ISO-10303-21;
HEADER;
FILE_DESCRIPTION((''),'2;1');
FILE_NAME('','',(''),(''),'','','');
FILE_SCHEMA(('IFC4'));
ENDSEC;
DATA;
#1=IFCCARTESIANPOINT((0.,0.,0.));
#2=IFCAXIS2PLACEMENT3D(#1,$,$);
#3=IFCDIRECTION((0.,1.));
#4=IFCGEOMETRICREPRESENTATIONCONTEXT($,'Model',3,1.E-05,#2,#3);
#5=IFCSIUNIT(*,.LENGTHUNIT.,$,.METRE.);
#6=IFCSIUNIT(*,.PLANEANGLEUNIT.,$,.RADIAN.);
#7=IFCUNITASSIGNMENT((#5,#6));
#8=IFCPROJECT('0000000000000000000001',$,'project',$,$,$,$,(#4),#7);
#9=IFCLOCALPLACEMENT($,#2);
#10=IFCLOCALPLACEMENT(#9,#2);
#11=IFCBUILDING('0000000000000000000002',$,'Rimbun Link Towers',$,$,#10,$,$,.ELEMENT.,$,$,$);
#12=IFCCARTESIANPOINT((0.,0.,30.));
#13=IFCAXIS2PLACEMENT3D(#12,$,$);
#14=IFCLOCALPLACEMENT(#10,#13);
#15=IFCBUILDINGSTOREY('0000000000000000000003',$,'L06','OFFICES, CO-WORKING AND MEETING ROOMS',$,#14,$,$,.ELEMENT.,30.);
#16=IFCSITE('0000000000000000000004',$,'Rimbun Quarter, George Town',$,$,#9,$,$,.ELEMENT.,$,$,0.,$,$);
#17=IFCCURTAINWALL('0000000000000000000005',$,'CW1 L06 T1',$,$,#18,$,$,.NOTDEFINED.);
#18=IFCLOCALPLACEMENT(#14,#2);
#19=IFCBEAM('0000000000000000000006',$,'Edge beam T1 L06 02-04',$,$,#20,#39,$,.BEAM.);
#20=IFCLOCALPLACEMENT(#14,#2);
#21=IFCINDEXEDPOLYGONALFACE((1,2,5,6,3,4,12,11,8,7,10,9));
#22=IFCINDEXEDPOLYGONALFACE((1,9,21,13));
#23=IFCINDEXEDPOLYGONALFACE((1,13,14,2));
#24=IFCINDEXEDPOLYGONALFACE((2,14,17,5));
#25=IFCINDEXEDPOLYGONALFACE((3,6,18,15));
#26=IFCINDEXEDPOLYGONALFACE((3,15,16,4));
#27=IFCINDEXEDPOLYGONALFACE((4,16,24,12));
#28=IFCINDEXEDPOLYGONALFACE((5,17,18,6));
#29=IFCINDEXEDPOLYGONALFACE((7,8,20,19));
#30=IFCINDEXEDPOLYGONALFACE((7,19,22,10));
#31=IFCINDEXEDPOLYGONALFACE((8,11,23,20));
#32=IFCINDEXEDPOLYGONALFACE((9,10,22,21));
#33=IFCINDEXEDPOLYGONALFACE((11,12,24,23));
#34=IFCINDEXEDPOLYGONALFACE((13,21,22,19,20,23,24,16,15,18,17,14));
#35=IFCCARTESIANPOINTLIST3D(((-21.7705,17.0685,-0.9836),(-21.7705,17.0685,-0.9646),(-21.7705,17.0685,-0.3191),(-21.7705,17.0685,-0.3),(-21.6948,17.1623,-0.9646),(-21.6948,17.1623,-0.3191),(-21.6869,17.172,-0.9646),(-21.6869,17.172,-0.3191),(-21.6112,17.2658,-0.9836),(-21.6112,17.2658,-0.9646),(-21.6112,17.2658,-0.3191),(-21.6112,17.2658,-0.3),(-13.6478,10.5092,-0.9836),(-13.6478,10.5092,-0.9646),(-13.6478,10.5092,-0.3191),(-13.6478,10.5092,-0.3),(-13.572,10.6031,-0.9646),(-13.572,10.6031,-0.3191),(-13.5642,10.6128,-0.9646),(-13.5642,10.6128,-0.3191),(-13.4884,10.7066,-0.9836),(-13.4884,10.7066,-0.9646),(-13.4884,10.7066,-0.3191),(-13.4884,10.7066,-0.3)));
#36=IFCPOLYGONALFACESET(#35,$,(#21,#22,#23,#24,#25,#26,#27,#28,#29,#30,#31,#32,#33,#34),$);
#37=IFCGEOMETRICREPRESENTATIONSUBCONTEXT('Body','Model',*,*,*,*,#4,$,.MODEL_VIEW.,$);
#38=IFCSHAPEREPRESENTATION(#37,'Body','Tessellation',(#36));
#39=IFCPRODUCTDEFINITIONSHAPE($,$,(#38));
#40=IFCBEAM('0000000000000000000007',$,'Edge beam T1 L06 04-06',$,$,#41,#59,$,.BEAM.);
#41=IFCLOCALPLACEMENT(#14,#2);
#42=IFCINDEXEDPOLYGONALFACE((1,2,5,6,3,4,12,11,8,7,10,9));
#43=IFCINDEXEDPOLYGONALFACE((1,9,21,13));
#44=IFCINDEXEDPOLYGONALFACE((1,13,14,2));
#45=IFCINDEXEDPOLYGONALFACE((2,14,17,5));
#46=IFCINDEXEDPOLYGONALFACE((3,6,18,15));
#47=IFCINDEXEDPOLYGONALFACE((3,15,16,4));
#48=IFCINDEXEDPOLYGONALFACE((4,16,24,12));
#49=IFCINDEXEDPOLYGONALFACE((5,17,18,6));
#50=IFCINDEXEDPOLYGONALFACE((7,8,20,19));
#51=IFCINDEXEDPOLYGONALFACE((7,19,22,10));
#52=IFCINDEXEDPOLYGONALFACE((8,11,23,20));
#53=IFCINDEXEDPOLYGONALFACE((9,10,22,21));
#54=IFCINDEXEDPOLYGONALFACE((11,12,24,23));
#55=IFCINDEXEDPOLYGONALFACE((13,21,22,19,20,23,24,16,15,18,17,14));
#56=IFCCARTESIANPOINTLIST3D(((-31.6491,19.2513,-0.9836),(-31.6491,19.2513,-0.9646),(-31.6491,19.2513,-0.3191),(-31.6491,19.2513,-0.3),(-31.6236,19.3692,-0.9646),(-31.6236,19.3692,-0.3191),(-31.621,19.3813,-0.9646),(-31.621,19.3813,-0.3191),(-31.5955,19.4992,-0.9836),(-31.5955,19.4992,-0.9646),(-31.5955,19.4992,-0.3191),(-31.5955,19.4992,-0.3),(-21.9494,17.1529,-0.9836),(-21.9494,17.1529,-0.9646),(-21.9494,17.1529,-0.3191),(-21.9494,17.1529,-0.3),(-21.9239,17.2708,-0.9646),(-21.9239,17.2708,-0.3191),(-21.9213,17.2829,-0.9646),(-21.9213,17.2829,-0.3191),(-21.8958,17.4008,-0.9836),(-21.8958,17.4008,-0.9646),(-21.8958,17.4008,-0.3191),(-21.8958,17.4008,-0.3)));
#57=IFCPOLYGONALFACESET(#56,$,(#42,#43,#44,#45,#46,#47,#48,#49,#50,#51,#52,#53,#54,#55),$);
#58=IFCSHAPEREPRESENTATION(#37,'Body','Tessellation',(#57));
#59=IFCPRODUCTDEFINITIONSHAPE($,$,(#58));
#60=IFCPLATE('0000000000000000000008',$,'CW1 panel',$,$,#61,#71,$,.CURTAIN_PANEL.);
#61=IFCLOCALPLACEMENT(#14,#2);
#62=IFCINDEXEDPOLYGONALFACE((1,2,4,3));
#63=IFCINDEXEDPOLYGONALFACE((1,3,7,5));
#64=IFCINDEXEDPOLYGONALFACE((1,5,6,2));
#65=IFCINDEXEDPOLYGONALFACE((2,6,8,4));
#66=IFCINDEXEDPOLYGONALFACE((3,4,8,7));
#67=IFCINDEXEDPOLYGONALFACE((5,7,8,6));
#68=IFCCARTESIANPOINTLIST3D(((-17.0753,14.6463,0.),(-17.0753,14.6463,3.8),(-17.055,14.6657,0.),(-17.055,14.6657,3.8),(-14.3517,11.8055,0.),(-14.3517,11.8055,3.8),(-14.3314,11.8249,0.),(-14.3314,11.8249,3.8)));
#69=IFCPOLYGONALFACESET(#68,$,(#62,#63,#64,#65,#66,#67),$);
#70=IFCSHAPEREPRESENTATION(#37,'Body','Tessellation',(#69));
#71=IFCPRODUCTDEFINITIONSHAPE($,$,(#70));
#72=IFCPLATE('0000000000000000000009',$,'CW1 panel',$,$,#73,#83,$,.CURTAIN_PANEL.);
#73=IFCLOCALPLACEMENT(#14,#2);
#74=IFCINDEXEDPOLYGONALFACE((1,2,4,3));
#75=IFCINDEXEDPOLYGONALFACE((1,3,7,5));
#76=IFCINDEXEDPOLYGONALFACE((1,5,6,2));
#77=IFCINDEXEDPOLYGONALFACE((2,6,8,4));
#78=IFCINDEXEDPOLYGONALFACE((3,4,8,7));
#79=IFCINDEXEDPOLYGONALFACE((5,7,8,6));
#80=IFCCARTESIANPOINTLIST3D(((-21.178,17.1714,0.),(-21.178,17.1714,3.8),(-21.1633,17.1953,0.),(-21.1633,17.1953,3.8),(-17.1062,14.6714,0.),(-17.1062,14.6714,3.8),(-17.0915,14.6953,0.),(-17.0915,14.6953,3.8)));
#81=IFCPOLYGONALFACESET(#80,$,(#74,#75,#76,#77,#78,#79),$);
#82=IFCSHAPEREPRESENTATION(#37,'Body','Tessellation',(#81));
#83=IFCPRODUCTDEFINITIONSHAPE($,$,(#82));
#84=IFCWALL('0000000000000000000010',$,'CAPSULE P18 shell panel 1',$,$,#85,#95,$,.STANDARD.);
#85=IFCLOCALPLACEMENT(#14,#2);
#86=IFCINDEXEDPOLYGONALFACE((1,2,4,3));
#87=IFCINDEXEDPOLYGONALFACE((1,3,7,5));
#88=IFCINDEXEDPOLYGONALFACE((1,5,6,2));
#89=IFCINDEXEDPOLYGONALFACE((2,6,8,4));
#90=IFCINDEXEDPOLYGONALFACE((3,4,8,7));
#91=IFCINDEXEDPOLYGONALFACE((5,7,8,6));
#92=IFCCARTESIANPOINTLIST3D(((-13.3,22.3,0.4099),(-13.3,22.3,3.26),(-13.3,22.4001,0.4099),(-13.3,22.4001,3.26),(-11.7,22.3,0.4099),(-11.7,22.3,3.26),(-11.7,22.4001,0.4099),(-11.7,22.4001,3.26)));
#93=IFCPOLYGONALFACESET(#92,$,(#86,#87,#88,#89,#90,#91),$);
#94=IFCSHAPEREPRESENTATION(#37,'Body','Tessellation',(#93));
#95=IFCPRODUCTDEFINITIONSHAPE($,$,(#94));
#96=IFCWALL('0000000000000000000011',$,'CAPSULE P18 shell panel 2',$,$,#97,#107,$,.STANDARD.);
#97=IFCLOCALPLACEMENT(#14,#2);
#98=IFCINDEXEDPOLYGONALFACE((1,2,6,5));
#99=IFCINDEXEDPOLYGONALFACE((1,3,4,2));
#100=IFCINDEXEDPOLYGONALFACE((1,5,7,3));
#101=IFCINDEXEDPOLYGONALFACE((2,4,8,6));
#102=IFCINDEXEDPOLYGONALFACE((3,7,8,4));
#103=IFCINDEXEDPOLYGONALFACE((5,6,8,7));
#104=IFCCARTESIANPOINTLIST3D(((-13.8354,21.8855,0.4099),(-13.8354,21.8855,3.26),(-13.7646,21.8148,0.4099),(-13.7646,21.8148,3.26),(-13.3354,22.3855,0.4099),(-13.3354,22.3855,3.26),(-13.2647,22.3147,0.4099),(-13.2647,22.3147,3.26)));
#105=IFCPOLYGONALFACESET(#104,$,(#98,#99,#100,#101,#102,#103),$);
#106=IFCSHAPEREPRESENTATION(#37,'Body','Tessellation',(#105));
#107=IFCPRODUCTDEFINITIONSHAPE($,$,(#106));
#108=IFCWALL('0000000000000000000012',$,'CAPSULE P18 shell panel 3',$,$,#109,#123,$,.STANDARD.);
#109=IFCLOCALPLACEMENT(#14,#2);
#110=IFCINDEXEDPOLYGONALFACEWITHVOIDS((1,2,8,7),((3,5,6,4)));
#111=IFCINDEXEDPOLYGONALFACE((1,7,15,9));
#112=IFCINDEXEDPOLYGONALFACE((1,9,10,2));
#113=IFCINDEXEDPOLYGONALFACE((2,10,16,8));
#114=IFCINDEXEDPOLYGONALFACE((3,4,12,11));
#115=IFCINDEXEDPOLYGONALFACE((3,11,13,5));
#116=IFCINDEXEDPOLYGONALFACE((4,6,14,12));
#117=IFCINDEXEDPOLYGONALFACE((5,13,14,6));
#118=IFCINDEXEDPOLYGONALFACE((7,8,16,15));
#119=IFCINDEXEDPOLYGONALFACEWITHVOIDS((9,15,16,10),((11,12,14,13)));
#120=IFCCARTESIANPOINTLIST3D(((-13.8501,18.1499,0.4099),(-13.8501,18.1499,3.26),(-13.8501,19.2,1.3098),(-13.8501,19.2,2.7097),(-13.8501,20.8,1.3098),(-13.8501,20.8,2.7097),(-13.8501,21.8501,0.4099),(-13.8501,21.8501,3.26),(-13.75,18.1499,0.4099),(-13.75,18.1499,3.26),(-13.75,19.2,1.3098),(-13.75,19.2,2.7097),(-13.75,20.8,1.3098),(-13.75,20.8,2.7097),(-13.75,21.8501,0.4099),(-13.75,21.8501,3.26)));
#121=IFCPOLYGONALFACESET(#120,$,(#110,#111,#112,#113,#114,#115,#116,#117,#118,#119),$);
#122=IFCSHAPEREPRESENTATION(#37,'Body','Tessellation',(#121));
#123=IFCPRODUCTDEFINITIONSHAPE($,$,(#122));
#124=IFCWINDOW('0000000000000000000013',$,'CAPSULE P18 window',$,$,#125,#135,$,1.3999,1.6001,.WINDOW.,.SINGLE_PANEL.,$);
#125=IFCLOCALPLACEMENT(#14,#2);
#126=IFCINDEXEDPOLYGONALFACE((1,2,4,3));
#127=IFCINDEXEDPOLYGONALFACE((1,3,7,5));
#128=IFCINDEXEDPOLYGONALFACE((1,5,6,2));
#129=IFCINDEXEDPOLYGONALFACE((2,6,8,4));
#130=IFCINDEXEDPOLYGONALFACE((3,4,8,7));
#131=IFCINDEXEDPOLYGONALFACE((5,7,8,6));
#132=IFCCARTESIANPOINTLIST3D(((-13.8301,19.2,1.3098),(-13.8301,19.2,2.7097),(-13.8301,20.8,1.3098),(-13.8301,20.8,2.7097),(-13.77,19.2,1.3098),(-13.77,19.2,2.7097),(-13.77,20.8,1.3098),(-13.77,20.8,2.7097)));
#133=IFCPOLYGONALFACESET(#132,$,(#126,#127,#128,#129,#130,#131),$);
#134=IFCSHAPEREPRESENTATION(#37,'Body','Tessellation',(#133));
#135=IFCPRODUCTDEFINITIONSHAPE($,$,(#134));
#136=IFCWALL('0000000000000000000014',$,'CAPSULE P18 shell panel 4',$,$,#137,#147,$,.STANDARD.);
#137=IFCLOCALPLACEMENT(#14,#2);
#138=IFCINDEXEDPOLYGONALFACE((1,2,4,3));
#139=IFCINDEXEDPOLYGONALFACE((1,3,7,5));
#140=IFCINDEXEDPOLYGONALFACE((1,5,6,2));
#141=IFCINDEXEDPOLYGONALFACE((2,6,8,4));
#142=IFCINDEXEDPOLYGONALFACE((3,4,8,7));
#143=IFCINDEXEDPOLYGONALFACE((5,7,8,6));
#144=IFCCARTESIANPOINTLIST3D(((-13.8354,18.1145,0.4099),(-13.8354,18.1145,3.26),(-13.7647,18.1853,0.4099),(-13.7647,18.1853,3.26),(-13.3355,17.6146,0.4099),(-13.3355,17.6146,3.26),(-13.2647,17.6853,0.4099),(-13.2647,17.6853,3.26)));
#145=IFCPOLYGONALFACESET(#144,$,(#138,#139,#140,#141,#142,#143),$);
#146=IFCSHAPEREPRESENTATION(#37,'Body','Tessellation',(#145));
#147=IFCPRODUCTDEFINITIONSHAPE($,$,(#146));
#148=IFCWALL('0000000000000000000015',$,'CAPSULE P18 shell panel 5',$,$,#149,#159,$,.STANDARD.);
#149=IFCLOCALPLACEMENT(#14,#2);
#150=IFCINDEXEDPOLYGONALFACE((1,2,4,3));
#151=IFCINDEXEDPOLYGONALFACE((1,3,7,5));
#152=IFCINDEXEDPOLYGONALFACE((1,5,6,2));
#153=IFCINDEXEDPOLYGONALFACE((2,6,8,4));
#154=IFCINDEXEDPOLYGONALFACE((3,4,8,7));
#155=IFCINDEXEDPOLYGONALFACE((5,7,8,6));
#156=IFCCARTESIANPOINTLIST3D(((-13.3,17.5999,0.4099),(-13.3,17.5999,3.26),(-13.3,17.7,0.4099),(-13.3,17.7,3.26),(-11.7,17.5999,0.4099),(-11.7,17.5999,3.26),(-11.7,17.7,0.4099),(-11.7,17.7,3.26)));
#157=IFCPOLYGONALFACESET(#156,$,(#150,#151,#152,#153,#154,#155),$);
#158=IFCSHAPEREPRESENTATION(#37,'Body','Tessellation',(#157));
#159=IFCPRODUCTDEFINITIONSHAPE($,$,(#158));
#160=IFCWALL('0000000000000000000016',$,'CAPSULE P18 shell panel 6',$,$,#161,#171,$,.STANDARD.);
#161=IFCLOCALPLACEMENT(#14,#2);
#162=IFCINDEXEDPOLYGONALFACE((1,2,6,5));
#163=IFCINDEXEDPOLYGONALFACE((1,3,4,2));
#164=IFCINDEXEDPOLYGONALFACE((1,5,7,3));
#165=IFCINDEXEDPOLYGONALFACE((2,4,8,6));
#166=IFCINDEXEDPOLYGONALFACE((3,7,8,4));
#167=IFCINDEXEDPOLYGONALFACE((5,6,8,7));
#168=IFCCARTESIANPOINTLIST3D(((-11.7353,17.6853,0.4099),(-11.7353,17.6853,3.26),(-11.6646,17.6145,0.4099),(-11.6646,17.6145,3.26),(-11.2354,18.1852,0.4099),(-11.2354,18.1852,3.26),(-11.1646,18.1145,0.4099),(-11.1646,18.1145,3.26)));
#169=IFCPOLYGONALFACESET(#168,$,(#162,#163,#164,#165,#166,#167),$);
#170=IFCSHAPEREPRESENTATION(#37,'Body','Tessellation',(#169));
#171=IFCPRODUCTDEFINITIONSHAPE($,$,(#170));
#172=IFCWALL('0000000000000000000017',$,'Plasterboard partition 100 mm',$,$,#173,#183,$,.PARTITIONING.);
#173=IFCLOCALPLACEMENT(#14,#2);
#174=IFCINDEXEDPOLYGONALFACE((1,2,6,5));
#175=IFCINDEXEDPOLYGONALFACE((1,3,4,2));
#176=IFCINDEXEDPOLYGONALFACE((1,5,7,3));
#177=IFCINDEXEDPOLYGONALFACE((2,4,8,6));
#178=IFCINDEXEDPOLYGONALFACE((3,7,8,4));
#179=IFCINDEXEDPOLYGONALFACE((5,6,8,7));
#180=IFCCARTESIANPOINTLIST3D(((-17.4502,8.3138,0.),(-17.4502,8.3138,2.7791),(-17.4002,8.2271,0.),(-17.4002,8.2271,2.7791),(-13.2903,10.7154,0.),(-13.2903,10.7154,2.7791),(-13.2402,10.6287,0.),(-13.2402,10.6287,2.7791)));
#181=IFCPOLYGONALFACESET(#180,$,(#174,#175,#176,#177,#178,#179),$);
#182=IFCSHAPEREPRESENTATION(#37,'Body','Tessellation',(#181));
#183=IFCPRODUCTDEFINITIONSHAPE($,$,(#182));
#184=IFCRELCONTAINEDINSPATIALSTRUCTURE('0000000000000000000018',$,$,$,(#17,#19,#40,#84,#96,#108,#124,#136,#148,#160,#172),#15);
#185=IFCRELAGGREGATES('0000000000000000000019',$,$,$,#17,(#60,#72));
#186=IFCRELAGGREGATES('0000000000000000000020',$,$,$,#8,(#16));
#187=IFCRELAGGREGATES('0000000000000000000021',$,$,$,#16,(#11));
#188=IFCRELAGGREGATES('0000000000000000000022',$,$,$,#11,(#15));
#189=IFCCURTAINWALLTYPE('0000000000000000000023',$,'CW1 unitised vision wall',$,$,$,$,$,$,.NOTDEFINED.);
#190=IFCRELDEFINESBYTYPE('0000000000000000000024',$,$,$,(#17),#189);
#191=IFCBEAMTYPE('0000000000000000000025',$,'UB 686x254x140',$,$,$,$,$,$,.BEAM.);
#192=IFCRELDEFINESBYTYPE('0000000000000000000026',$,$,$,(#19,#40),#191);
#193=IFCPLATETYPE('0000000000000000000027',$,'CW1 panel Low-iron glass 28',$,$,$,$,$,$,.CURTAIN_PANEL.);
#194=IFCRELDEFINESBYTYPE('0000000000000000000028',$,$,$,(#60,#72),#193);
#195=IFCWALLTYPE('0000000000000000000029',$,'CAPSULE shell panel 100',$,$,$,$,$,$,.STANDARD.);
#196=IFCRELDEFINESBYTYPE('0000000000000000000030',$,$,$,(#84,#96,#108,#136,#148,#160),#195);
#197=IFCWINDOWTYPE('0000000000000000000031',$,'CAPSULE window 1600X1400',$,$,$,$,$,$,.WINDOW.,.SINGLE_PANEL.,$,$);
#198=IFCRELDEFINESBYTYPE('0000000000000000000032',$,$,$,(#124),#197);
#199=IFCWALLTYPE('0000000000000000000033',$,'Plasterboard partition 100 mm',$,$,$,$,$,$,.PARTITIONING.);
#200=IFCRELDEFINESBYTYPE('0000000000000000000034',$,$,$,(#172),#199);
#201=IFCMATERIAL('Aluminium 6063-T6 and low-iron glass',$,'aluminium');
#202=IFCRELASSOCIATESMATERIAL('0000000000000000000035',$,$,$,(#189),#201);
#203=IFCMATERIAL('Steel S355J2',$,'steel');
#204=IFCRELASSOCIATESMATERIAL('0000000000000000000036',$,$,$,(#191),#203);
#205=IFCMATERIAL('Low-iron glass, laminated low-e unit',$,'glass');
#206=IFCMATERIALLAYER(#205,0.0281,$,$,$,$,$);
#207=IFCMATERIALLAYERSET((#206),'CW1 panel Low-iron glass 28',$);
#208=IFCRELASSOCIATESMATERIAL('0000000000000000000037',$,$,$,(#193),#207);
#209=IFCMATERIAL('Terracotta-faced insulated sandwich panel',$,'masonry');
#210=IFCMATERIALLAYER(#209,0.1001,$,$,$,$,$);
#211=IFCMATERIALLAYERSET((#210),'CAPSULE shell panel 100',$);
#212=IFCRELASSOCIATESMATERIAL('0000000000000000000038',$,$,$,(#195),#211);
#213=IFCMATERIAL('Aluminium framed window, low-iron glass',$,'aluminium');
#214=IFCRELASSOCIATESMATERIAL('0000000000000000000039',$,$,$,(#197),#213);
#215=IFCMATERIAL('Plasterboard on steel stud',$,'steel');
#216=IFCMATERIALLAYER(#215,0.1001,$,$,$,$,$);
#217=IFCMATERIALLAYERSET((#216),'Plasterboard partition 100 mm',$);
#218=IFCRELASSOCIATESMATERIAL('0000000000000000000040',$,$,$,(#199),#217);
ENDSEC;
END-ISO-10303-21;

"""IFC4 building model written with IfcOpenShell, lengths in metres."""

from ifc_helpers import new_model, si_unit, direction, frame, frame_2d, origin, origin_2d, place, context, subcontext, project, spatial, rectangle, i_section, extrude, material, layer, layer_set, material_profile, profile_set, type_object, element, fill, aggregate, save


model = new_model("IFC4")

# Units and contexts
model_context = context("Model", 3, precision=1e-05, world=origin(), true_north=direction((0.0, 1.0)))
body_context = subcontext(model_context, "Body", "Model", "MODEL_VIEW")
ifc_project = project(units=[si_unit("LENGTHUNIT", "METRE"), si_unit("PLANEANGLEUNIT", "RADIAN")], contexts=[model_context])

# Site, building, storey
site_placement = place(None, origin())
site = spatial("IfcSite", under=ifc_project, at=site_placement, Name="Rimbun Quarter, George Town", CompositionType="ELEMENT", RefElevation=0.0)
building_placement = place(site_placement, origin())
building = spatial("IfcBuilding", under=site, at=building_placement, Name="Rimbun Link Towers", CompositionType="ELEMENT")
storey_placement = place(building_placement, frame((0.0, 0.0, 30.0)))
storey = spatial("IfcBuildingStorey", under=building, at=storey_placement, Name="L06", Description="OFFICES, CO-WORKING AND MEETING ROOMS", CompositionType="ELEMENT", Elevation=30.0)

# Curtain wall
ifc_material_1 = material(Name="Aluminium 6063-T6 and low-iron glass", Category="aluminium")
curtain_wall_type = type_object("IfcCurtainWallType", Name="CW1 unitised vision wall", PredefinedType="NOTDEFINED", material=ifc_material_1)
curtain_wall_placement = place(storey_placement, origin())
curtain_wall = element("IfcCurtainWall", 1, at=curtain_wall_placement, inside=storey, type_object=curtain_wall_type, Name="CW1 L06 T1", PredefinedType="NOTDEFINED")

# Beams
ifc_material_2 = material(Name="Steel S355J2", Category="steel")
ifc_material_profile_1 = material_profile(ifc_material_2, i_section(OverallWidth=0.2537, OverallDepth=0.6836, WebThickness=0.0125, FlangeThickness=0.019, at=origin_2d()), Name="UB 686x254x140")
ifc_profile_set_1 = profile_set([ifc_material_profile_1], Name="Steel S355J2")
beam_type = type_object("IfcBeamType", Name="UB 686x254x140", PredefinedType="BEAM", material=ifc_profile_set_1)
beam_1_placement = place(storey_placement, frame((-13.5681, 10.6079, -0.6418), z_axis=(-0.778007, 0.628256, 0.0), x_axis=(-0.628256, -0.778007, 0.0)))
element("IfcBeam", 2, at=beam_1_placement, inside=storey, type_object=beam_type, Name="Edge beam T1 L06 02-04", PredefinedType="BEAM", context=body_context, shape_type="SweptSolid", body=[
    extrude(i_section(OverallWidth=0.2537, OverallDepth=0.6836, WebThickness=0.0125, FlangeThickness=0.019, at=origin_2d()), origin(), (0.0, 0.0, 1.0), 10.4404),
])
beam_2_placement = place(storey_placement, frame((-21.9226, 17.2769, -0.6418), z_axis=(-0.97739, 0.211444, 0.0), x_axis=(-0.211444, -0.97739, 0.0)))
element("IfcBeam", 3, at=beam_2_placement, inside=storey, type_object=beam_type, Name="Edge beam T1 L06 04-06", PredefinedType="BEAM", context=body_context, shape_type="SweptSolid", body=[
    extrude(i_section(OverallWidth=0.2537, OverallDepth=0.6836, WebThickness=0.0125, FlangeThickness=0.019, at=origin_2d()), origin(), (0.0, 0.0, 1.0), 9.9241),
])

# Plates
ifc_material_3 = material(Name="Low-iron glass, laminated low-e unit", Category="glass")
ifc_layer_1 = layer(ifc_material_3, 0.0281)
ifc_layer_set_1 = layer_set([ifc_layer_1], Name="CW1 panel Low-iron glass 28")
plate_type = type_object("IfcPlateType", Name="CW1 panel Low-iron glass 28", PredefinedType="CURTAIN_PANEL", material=ifc_layer_set_1)
plate_1_placement = place(storey_placement, frame((-15.7034, 13.2356, 0.0), z_axis=(0.0, 0.0, 1.0), x_axis=(0.692056, -0.721844, 0.0)))
plate_1 = element("IfcPlate", 4, at=plate_1_placement, type_object=plate_type, Name="CW1 panel", PredefinedType="CURTAIN_PANEL", context=body_context, shape_type="SweptSolid", body=[
    extrude(rectangle(XDim=3.9355, YDim=0.0281, at=origin_2d()), origin(), (0.0, 0.0, 1.0), 3.8),
])
plate_2_placement = place(storey_placement, frame((-19.1348, 15.9333, 0.0), z_axis=(0.0, 0.0, 1.0), x_axis=(0.85219, -0.523232, 0.0)))
plate_2 = element("IfcPlate", 5, at=plate_2_placement, type_object=plate_type, Name="CW1 panel", PredefinedType="CURTAIN_PANEL", context=body_context, shape_type="SweptSolid", body=[
    extrude(rectangle(XDim=4.7781, YDim=0.0281, at=origin_2d()), origin(), (0.0, 0.0, 1.0), 3.8),
])
aggregate(curtain_wall, [plate_1, plate_2])

# Walls
ifc_material_4 = material(Name="Terracotta-faced insulated sandwich panel", Category="masonry")
ifc_layer_2 = layer(ifc_material_4, 0.1001)
ifc_layer_set_2 = layer_set([ifc_layer_2], Name="CAPSULE shell panel 100")
wall_type_1 = type_object("IfcWallType", Name="CAPSULE shell panel 100", PredefinedType="STANDARD", material=ifc_layer_set_2)
wall_1_placement = place(storey_placement, frame((-11.7, 22.3501, 0.4099), z_axis=(0.0, 0.0, 1.0), x_axis=(-1.0, 0.0, 0.0)))
element("IfcWall", 6, at=wall_1_placement, inside=storey, type_object=wall_type_1, Name="CAPSULE P18 shell panel 1", PredefinedType="STANDARD", context=body_context, shape_type="SweptSolid", body=[
    extrude(rectangle(XDim=1.6001, YDim=0.1001, at=frame_2d((0.8, 0.0))), origin(), (0.0, 0.0, 1.0), 2.8501),
])
wall_2_placement = place(storey_placement, frame((-13.3, 22.3501, 0.4099), z_axis=(0.0, 0.0, 1.0), x_axis=(-0.707107, -0.707107, 0.0)))
element("IfcWall", 7, at=wall_2_placement, inside=storey, type_object=wall_type_1, Name="CAPSULE P18 shell panel 2", PredefinedType="STANDARD", context=body_context, shape_type="SweptSolid", body=[
    extrude(rectangle(XDim=0.707, YDim=0.1001, at=frame_2d((0.3535, 0.0))), origin(), (0.0, 0.0, 1.0), 2.8501),
])

# Wall, opening, window
wall_3_placement = place(storey_placement, frame((-13.8, 21.8501, 0.4099), z_axis=(0.0, 0.0, 1.0), x_axis=(0.0, -1.0, 0.0)))
wall_3 = element("IfcWall", 8, at=wall_3_placement, inside=storey, type_object=wall_type_1, Name="CAPSULE P18 shell panel 3", PredefinedType="STANDARD", context=body_context, shape_type="SweptSolid", body=[
    extrude(rectangle(XDim=3.7002, YDim=0.1001, at=frame_2d((1.8501, 0.0))), origin(), (0.0, 0.0, 1.0), 2.8501),
])
opening_placement = place(wall_3_placement, frame((1.05, 0.0, 0.8999)))
opening = element("IfcOpeningElement", 9, at=opening_placement, cuts=wall_3, PredefinedType="OPENING", context=body_context, shape_type="SweptSolid", body=[
    extrude(rectangle(XDim=1.6001, YDim=1.3999, at=frame_2d((0.8, 0.7))), frame((0.0, 0.0601, 0.0), z_axis=(0.0, -1.0, 0.0), x_axis=(1.0, 0.0, 0.0)), (0.0, 0.0, 1.0), 0.1201),
])
ifc_material_5 = material(Name="Aluminium framed window, low-iron glass", Category="aluminium")
window_type = type_object("IfcWindowType", Name="CAPSULE window 1600X1400", PartitioningType="SINGLE_PANEL", PredefinedType="WINDOW", material=ifc_material_5)
window_placement = place(opening_placement, origin())
window = element("IfcWindow", 10, at=window_placement, inside=storey, type_object=window_type, Name="CAPSULE P18 window", OverallHeight=1.3999, OverallWidth=1.6001, PartitioningType="SINGLE_PANEL", PredefinedType="WINDOW", context=body_context, shape_type="SweptSolid", body=[
    extrude(rectangle(XDim=1.6001, YDim=1.3999, at=frame_2d((0.8, 0.7))), frame((0.0, 0.03, 0.0), z_axis=(0.0, -1.0, 0.0), x_axis=(1.0, 0.0, 0.0)), (0.0, 0.0, 1.0), 0.0601),
])
fill(opening, window)

# Walls
wall_4_placement = place(storey_placement, frame((-13.8, 18.1499, 0.4099), z_axis=(0.0, 0.0, 1.0), x_axis=(0.707107, -0.707107, 0.0)))
element("IfcWall", 11, at=wall_4_placement, inside=storey, type_object=wall_type_1, Name="CAPSULE P18 shell panel 4", PredefinedType="STANDARD", context=body_context, shape_type="SweptSolid", body=[
    extrude(rectangle(XDim=0.707, YDim=0.1001, at=frame_2d((0.3535, 0.0))), origin(), (0.0, 0.0, 1.0), 2.8501),
])
wall_5_placement = place(storey_placement, frame((-13.3, 17.6499, 0.4099), z_axis=(0.0, 0.0, 1.0), x_axis=(1.0, 0.0, 0.0)))
element("IfcWall", 12, at=wall_5_placement, inside=storey, type_object=wall_type_1, Name="CAPSULE P18 shell panel 5", PredefinedType="STANDARD", context=body_context, shape_type="SweptSolid", body=[
    extrude(rectangle(XDim=1.6001, YDim=0.1001, at=frame_2d((0.8, 0.0))), origin(), (0.0, 0.0, 1.0), 2.8501),
])
wall_6_placement = place(storey_placement, frame((-11.7, 17.6499, 0.4099), z_axis=(0.0, 0.0, 1.0), x_axis=(0.707107, 0.707107, 0.0)))
element("IfcWall", 13, at=wall_6_placement, inside=storey, type_object=wall_type_1, Name="CAPSULE P18 shell panel 6", PredefinedType="STANDARD", context=body_context, shape_type="SweptSolid", body=[
    extrude(rectangle(XDim=0.707, YDim=0.1001, at=frame_2d((0.3535, 0.0))), origin(), (0.0, 0.0, 1.0), 2.8501),
])
ifc_material_6 = material(Name="Plasterboard on steel stud", Category="steel")
ifc_layer_3 = layer(ifc_material_6, 0.1001)
ifc_layer_set_3 = layer_set([ifc_layer_3], Name="Plasterboard partition 100 mm")
wall_type_2 = type_object("IfcWallType", Name="Plasterboard partition 100 mm", PredefinedType="PARTITIONING", material=ifc_layer_set_3)
wall_7_placement = place(storey_placement, frame((-13.2651, 10.6721, 0.0), z_axis=(0.0, 0.0, 1.0), x_axis=(-0.866036, -0.499982, 0.0)))
element("IfcWall", 14, at=wall_7_placement, inside=storey, type_object=wall_type_2, Name="Plasterboard partition 100 mm", PredefinedType="PARTITIONING", context=body_context, shape_type="SweptSolid", body=[
    extrude(rectangle(XDim=4.8035, YDim=0.1001, at=frame_2d((2.4019, 0.0))), origin(), (0.0, 0.0, 1.0), 2.7791),
])

save(model, "model.ifc")
